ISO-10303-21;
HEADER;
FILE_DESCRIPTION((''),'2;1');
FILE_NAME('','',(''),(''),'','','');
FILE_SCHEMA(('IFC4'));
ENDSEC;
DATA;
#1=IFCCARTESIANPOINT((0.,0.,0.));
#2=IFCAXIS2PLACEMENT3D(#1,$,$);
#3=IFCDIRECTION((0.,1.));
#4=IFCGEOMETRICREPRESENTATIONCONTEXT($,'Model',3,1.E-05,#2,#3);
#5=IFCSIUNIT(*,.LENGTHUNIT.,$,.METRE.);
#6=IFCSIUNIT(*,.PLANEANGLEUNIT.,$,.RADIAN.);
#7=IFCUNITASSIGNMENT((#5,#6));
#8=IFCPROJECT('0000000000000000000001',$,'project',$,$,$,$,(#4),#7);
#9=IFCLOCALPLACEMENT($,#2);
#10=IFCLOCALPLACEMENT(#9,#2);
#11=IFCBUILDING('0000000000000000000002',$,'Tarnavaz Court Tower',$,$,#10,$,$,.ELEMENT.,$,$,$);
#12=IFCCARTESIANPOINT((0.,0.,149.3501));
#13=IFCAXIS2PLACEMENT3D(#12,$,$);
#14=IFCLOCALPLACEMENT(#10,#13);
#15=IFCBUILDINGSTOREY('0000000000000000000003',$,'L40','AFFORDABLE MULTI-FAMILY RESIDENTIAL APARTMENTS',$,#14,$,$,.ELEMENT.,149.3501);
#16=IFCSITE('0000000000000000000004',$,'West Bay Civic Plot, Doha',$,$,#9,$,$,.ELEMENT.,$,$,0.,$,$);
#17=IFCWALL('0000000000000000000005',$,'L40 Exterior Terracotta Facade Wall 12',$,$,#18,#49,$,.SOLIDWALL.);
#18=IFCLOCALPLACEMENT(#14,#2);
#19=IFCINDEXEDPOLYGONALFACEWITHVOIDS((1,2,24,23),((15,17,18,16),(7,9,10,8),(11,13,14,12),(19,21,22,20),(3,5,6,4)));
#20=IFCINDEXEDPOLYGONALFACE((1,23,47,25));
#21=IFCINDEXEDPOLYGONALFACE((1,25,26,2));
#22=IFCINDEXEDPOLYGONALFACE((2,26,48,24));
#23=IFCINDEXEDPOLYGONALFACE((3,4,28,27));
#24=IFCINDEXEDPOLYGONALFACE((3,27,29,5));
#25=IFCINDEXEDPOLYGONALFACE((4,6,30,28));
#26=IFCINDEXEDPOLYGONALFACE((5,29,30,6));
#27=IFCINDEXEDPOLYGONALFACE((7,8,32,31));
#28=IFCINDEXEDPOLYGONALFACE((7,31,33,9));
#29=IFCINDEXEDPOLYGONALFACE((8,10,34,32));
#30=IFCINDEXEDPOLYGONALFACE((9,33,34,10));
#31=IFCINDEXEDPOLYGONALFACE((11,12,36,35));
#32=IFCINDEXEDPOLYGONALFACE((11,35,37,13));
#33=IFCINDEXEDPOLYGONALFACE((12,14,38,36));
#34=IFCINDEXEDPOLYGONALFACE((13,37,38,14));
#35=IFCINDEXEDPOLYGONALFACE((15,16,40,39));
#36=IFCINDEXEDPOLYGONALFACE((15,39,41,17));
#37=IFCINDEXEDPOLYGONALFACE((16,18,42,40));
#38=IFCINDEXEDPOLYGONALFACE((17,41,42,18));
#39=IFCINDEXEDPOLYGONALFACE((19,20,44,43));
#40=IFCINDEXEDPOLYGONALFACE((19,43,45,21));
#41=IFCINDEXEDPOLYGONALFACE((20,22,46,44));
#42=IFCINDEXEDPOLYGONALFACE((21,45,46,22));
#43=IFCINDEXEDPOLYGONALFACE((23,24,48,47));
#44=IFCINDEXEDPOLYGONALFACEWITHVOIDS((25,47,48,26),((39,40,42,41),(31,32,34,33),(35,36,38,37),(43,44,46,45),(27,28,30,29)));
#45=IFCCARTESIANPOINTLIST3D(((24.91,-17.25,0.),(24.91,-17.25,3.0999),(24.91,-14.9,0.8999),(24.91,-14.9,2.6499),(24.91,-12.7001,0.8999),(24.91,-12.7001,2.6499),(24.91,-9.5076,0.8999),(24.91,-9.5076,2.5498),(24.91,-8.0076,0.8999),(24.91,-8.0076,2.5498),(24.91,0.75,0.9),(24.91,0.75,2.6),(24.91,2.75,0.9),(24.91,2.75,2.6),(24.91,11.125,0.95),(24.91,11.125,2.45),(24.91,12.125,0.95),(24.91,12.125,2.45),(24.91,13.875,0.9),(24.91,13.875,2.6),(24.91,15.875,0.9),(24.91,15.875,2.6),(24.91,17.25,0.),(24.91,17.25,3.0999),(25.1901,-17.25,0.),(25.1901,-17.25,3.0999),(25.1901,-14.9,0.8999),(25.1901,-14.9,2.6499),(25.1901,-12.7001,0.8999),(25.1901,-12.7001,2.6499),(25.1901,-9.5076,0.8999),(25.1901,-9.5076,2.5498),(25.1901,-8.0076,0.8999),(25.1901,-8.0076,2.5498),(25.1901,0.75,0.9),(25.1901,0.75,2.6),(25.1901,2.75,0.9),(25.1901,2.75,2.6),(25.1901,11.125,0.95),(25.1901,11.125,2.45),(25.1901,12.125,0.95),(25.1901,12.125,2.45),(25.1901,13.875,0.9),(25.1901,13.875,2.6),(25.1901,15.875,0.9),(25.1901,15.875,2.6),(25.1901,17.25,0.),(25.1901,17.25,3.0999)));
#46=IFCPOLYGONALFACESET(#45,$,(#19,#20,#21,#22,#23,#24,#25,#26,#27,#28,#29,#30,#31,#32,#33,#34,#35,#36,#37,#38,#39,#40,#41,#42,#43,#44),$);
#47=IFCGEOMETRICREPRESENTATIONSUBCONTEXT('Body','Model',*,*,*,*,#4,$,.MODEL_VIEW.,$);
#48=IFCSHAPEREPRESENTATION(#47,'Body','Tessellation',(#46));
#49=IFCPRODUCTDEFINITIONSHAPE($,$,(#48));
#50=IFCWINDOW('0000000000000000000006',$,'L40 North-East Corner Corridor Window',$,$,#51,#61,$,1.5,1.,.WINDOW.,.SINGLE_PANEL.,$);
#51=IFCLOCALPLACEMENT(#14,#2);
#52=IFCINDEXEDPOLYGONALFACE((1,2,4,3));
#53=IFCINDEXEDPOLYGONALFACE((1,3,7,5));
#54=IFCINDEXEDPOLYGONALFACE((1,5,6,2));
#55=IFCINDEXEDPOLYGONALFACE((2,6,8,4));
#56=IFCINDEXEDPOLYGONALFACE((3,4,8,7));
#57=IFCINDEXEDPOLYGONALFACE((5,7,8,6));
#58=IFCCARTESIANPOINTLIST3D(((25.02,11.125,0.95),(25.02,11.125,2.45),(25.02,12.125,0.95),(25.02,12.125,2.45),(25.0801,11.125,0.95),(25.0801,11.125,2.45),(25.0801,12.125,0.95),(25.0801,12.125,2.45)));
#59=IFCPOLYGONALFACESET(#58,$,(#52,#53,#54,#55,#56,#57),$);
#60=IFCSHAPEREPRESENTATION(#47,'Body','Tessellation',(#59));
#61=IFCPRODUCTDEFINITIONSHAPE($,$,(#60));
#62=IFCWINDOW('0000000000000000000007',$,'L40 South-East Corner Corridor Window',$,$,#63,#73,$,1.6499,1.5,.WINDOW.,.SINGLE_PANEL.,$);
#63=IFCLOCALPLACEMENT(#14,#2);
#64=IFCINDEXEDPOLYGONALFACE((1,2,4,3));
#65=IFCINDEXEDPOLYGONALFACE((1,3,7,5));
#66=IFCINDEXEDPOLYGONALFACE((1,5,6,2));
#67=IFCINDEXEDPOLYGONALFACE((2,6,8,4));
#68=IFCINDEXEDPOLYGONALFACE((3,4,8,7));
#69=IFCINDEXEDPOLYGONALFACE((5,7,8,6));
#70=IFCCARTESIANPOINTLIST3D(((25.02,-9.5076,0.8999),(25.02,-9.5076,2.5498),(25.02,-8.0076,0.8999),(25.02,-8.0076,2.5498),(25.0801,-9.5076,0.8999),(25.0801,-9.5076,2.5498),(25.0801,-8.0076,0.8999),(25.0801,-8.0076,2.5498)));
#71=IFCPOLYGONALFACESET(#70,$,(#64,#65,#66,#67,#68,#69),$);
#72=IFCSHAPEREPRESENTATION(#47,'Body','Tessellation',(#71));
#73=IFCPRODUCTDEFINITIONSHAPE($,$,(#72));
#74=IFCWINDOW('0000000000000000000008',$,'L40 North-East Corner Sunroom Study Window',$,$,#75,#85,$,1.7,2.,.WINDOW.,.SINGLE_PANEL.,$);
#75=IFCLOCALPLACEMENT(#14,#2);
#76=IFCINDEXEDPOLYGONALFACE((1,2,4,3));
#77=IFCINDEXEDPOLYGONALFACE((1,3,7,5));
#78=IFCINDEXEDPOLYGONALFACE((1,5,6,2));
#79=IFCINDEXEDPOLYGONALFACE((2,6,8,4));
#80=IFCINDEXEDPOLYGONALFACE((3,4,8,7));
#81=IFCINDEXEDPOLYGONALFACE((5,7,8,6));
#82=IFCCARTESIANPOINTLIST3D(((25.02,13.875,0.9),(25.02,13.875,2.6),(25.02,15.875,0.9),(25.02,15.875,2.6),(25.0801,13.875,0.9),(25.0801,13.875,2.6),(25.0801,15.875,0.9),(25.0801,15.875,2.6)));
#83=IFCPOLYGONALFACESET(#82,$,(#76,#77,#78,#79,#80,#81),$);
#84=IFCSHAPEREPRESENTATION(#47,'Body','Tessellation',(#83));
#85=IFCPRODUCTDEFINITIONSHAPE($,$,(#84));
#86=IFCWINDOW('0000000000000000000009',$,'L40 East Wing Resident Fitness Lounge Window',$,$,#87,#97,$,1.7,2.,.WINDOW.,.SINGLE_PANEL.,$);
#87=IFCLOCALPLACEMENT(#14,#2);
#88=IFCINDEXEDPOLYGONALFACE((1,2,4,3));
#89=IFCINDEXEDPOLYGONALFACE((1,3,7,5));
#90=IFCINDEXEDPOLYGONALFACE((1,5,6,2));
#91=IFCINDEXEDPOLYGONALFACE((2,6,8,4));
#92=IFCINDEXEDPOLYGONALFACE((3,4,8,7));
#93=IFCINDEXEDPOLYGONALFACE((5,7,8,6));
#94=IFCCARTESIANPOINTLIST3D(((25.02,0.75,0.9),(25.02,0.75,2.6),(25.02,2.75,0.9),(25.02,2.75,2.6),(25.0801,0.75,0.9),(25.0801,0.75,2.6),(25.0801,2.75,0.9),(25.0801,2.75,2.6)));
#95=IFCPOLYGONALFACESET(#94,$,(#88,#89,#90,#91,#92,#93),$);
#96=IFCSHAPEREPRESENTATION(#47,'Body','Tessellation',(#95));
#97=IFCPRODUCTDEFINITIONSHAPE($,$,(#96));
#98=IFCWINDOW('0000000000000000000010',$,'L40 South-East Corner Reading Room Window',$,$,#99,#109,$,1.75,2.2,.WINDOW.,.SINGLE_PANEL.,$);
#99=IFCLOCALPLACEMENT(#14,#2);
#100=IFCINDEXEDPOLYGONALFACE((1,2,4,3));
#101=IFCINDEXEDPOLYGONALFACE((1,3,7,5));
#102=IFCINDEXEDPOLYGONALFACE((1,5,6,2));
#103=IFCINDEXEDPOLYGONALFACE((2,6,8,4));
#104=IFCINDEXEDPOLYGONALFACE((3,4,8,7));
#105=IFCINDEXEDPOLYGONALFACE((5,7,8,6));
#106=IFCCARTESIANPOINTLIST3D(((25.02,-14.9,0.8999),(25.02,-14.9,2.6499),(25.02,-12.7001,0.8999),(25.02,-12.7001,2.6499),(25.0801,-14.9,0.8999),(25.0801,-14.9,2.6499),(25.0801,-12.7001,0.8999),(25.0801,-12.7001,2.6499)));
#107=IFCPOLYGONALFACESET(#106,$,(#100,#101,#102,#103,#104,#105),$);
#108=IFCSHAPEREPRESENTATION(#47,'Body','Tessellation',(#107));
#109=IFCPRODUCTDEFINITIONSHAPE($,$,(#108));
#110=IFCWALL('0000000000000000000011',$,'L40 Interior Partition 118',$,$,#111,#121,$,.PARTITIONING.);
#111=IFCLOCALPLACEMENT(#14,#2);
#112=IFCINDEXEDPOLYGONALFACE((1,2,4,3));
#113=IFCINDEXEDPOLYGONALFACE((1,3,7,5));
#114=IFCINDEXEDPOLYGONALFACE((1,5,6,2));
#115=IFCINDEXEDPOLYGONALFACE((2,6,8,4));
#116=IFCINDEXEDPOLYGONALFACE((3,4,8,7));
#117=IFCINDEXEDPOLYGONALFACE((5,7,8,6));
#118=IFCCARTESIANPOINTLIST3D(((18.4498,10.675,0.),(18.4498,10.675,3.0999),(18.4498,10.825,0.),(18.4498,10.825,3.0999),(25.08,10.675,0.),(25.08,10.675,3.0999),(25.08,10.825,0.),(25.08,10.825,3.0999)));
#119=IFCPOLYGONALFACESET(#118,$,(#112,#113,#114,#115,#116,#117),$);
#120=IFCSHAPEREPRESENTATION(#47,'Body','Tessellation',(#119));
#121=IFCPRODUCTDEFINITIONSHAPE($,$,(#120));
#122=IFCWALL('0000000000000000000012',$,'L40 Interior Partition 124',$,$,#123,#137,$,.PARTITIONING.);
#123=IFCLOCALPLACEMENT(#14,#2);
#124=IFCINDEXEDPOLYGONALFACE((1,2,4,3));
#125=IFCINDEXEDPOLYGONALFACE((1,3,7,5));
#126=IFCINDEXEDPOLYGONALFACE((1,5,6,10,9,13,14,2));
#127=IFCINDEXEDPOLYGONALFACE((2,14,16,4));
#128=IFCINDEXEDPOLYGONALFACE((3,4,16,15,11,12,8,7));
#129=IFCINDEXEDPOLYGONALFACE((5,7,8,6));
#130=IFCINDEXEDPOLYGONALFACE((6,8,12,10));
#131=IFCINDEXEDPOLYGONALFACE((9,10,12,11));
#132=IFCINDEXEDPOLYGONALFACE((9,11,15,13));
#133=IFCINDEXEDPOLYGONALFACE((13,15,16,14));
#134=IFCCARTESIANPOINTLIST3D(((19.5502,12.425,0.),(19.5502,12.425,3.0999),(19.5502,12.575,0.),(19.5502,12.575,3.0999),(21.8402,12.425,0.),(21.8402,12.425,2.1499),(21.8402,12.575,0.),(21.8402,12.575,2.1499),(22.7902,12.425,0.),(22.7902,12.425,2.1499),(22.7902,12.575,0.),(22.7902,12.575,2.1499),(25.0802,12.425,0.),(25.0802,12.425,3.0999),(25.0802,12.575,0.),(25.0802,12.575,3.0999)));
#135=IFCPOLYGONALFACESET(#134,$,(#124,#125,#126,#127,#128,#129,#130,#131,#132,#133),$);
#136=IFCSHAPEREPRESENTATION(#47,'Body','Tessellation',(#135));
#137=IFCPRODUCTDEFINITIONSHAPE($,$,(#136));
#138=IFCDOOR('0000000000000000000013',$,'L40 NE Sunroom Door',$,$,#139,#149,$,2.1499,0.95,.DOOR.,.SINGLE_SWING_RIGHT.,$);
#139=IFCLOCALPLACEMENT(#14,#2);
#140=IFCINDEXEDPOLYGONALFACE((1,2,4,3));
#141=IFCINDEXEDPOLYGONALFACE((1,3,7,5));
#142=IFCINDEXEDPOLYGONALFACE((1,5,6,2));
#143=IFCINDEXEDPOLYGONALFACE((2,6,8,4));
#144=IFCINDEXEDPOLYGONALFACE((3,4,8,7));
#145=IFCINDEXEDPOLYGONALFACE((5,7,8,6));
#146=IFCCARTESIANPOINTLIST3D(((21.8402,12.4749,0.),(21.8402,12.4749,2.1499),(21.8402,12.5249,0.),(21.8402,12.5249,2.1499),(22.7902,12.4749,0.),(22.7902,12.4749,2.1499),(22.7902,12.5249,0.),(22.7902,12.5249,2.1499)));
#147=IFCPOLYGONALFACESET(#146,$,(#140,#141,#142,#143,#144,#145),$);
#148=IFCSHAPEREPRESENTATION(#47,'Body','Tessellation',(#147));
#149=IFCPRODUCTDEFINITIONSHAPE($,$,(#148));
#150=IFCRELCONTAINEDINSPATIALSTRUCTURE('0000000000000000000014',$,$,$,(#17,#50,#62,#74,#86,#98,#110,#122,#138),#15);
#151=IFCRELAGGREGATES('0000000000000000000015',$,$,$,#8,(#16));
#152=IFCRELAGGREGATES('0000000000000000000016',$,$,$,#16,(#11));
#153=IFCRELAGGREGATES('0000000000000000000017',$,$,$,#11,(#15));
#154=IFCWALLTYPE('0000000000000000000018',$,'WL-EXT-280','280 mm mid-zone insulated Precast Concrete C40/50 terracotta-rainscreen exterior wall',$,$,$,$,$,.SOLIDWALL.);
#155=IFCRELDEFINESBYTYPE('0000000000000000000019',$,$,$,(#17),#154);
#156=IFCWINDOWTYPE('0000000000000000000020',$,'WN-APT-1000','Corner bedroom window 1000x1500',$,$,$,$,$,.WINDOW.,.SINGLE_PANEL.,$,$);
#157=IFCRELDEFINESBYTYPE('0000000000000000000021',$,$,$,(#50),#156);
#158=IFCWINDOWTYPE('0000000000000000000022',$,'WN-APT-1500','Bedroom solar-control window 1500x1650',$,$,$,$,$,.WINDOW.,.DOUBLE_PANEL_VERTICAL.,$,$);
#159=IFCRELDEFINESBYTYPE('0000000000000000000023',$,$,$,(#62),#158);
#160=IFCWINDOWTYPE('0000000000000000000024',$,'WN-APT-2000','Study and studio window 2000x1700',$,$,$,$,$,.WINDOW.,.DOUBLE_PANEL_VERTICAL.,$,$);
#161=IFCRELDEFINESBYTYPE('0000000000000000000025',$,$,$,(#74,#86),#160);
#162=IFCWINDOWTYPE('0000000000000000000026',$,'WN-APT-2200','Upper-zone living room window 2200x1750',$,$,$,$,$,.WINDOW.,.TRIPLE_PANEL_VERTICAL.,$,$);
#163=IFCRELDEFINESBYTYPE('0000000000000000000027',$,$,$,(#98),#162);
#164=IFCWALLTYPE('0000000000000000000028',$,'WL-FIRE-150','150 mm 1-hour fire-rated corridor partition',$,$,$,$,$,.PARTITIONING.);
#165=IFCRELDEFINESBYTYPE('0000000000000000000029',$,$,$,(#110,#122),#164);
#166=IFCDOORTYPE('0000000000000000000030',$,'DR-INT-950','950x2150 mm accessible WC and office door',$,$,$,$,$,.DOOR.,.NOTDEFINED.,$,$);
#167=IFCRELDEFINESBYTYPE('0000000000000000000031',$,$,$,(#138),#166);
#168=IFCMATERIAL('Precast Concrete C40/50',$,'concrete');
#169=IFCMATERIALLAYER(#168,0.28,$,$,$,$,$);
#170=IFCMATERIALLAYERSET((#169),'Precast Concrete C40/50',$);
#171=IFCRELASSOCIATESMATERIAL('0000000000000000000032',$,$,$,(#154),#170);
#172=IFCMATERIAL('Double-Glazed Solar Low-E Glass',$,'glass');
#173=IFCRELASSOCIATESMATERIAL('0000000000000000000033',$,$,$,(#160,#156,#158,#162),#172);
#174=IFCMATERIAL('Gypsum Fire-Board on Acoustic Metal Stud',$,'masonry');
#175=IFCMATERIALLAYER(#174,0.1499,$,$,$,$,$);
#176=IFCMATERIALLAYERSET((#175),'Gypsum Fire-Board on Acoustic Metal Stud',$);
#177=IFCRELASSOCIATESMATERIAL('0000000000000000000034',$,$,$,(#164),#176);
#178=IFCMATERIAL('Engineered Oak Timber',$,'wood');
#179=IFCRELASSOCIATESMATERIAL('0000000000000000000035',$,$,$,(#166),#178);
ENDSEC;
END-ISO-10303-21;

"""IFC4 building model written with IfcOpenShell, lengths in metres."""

from ifc_helpers import new_model, si_unit, direction, frame, frame_2d, origin, place, context, subcontext, project, spatial, rectangle, extrude, material, layer, layer_set, type_object, element, fill, save


model = new_model("IFC4")

# Units and contexts
model_context = context("Model", 3, precision=1e-05, world=origin(), true_north=direction((0.0, 1.0)))
body_context = subcontext(model_context, "Body", "Model", "MODEL_VIEW")
ifc_project = project(units=[si_unit("LENGTHUNIT", "METRE"), si_unit("PLANEANGLEUNIT", "RADIAN")], contexts=[model_context])

# Site, building, storey
site_placement = place(None, origin())
site = spatial("IfcSite", under=ifc_project, at=site_placement, Name="West Bay Civic Plot, Doha", CompositionType="ELEMENT", RefElevation=0.0)
building_placement = place(site_placement, origin())
building = spatial("IfcBuilding", under=site, at=building_placement, Name="Tarnavaz Court Tower", CompositionType="ELEMENT")
storey_placement = place(building_placement, frame((0.0, 0.0, 149.3501)))
storey = spatial("IfcBuildingStorey", under=building, at=storey_placement, Name="L40", Description="AFFORDABLE MULTI-FAMILY RESIDENTIAL APARTMENTS", CompositionType="ELEMENT", Elevation=149.3501)

# Shared definitions
ifc_material_1 = material(Name="Precast Concrete C40/50", Category="concrete")
ifc_layer_1 = layer(ifc_material_1, 0.28)
ifc_layer_set_1 = layer_set([ifc_layer_1], Name="Precast Concrete C40/50")
wall_type_1 = type_object("IfcWallType", Name="WL-EXT-280", Description="280 mm mid-zone insulated Precast Concrete C40/50 terracotta-rainscreen exterior wall", PredefinedType="SOLIDWALL", material=ifc_layer_set_1)
ifc_material_2 = material(Name="Double-Glazed Solar Low-E Glass", Category="glass")
window_type_1 = type_object("IfcWindowType", Name="WN-APT-2000", Description="Study and studio window 2000x1700", PartitioningType="DOUBLE_PANEL_VERTICAL", PredefinedType="WINDOW", material=ifc_material_2)

# Wall, openings, windows
wall_1_placement = place(storey_placement, frame((25.05, 17.25, 0.0), z_axis=(0.0, 0.0, 1.0), x_axis=(0.0, -1.0, 0.0)))
wall_1 = element("IfcWall", 1, at=wall_1_placement, inside=storey, type_object=wall_type_1, Name="L40 Exterior Terracotta Facade Wall 12", PredefinedType="SOLIDWALL", context=body_context, shape_type="SweptSolid", body=[
    extrude(rectangle(XDim=34.5, YDim=0.28, at=frame_2d((17.25, 0.0))), origin(), (0.0, 0.0, 1.0), 3.0999),
])
opening_1_placement = place(wall_1_placement, frame((1.375, 0.0, 0.8999)))
opening_1 = element("IfcOpeningElement", 2, at=opening_1_placement, cuts=wall_1, PredefinedType="OPENING", context=body_context, shape_type="SweptSolid", body=[
    extrude(rectangle(XDim=2.0, YDim=1.7, at=frame_2d((1.0, 0.8501))), frame((0.0, 0.1499, 0.0), z_axis=(0.0, -1.0, 0.0), x_axis=(1.0, 0.0, 0.0)), (0.0, 0.0, 1.0), 0.3),
])
opening_2_placement = place(wall_1_placement, frame((5.125, 0.0, 0.95)))
opening_2 = element("IfcOpeningElement", 3, at=opening_2_placement, cuts=wall_1, PredefinedType="OPENING", context=body_context, shape_type="SweptSolid", body=[
    extrude(rectangle(XDim=1.0, YDim=1.5, at=frame_2d((0.5, 0.75))), frame((0.0, 0.1499, 0.0), z_axis=(0.0, -1.0, 0.0), x_axis=(1.0, 0.0, 0.0)), (0.0, 0.0, 1.0), 0.3),
])
opening_3_placement = place(wall_1_placement, frame((14.5, 0.0, 0.8999)))
opening_3 = element("IfcOpeningElement", 4, at=opening_3_placement, cuts=wall_1, PredefinedType="OPENING", context=body_context, shape_type="SweptSolid", body=[
    extrude(rectangle(XDim=2.0, YDim=1.7, at=frame_2d((1.0, 0.8501))), frame((0.0, 0.1499, 0.0), z_axis=(0.0, -1.0, 0.0), x_axis=(1.0, 0.0, 0.0)), (0.0, 0.0, 1.0), 0.3),
])
opening_4_placement = place(wall_1_placement, frame((25.2576, 0.0, 0.8999)))
opening_4 = element("IfcOpeningElement", 5, at=opening_4_placement, cuts=wall_1, PredefinedType="OPENING", context=body_context, shape_type="SweptSolid", body=[
    extrude(rectangle(XDim=1.5, YDim=1.6499, at=frame_2d((0.75, 0.825))), frame((0.0, 0.1499, 0.0), z_axis=(0.0, -1.0, 0.0), x_axis=(1.0, 0.0, 0.0)), (0.0, 0.0, 1.0), 0.3),
])
opening_5_placement = place(wall_1_placement, frame((29.95, 0.0, 0.8999)))
opening_5 = element("IfcOpeningElement", 6, at=opening_5_placement, cuts=wall_1, PredefinedType="OPENING", context=body_context, shape_type="SweptSolid", body=[
    extrude(rectangle(XDim=2.2, YDim=1.75, at=frame_2d((1.1001, 0.875))), frame((0.0, 0.1499, 0.0), z_axis=(0.0, -1.0, 0.0), x_axis=(1.0, 0.0, 0.0)), (0.0, 0.0, 1.0), 0.3),
])
window_type_2 = type_object("IfcWindowType", Name="WN-APT-1000", Description="Corner bedroom window 1000x1500", PartitioningType="SINGLE_PANEL", PredefinedType="WINDOW", material=ifc_material_2)
window_1_placement = place(opening_2_placement, origin())
window_1 = element("IfcWindow", 7, at=window_1_placement, inside=storey, type_object=window_type_2, Name="L40 North-East Corner Corridor Window", OverallHeight=1.5, OverallWidth=1.0, PartitioningType="SINGLE_PANEL", PredefinedType="WINDOW", context=body_context, shape_type="SweptSolid", body=[
    extrude(rectangle(XDim=1.0, YDim=1.5, at=frame_2d((0.5, 0.75))), frame((0.0, 0.03, 0.0), z_axis=(0.0, -1.0, 0.0), x_axis=(1.0, 0.0, 0.0)), (0.0, 0.0, 1.0), 0.0601),
])
fill(opening_2, window_1)
window_type_3 = type_object("IfcWindowType", Name="WN-APT-1500", Description="Bedroom solar-control window 1500x1650", PartitioningType="DOUBLE_PANEL_VERTICAL", PredefinedType="WINDOW", material=ifc_material_2)
window_2_placement = place(opening_4_placement, origin())
window_2 = element("IfcWindow", 8, at=window_2_placement, inside=storey, type_object=window_type_3, Name="L40 South-East Corner Corridor Window", OverallHeight=1.6499, OverallWidth=1.5, PartitioningType="SINGLE_PANEL", PredefinedType="WINDOW", context=body_context, shape_type="SweptSolid", body=[
    extrude(rectangle(XDim=1.5, YDim=1.6499, at=frame_2d((0.75, 0.825))), frame((0.0, 0.03, 0.0), z_axis=(0.0, -1.0, 0.0), x_axis=(1.0, 0.0, 0.0)), (0.0, 0.0, 1.0), 0.0601),
])
fill(opening_4, window_2)
window_3_placement = place(opening_1_placement, origin())
window_3 = element("IfcWindow", 9, at=window_3_placement, inside=storey, type_object=window_type_1, Name="L40 North-East Corner Sunroom Study Window", OverallHeight=1.7, OverallWidth=2.0, PartitioningType="SINGLE_PANEL", PredefinedType="WINDOW", context=body_context, shape_type="SweptSolid", body=[
    extrude(rectangle(XDim=2.0, YDim=1.7, at=frame_2d((1.0, 0.8501))), frame((0.0, 0.03, 0.0), z_axis=(0.0, -1.0, 0.0), x_axis=(1.0, 0.0, 0.0)), (0.0, 0.0, 1.0), 0.0601),
])
fill(opening_1, window_3)
window_4_placement = place(opening_3_placement, origin())
window_4 = element("IfcWindow", 10, at=window_4_placement, inside=storey, type_object=window_type_1, Name="L40 East Wing Resident Fitness Lounge Window", OverallHeight=1.7, OverallWidth=2.0, PartitioningType="SINGLE_PANEL", PredefinedType="WINDOW", context=body_context, shape_type="SweptSolid", body=[
    extrude(rectangle(XDim=2.0, YDim=1.7, at=frame_2d((1.0, 0.8501))), frame((0.0, 0.03, 0.0), z_axis=(0.0, -1.0, 0.0), x_axis=(1.0, 0.0, 0.0)), (0.0, 0.0, 1.0), 0.0601),
])
fill(opening_3, window_4)
window_type_4 = type_object("IfcWindowType", Name="WN-APT-2200", Description="Upper-zone living room window 2200x1750", PartitioningType="TRIPLE_PANEL_VERTICAL", PredefinedType="WINDOW", material=ifc_material_2)
window_5_placement = place(opening_5_placement, origin())
window_5 = element("IfcWindow", 11, at=window_5_placement, inside=storey, type_object=window_type_4, Name="L40 South-East Corner Reading Room Window", OverallHeight=1.75, OverallWidth=2.2, PartitioningType="SINGLE_PANEL", PredefinedType="WINDOW", context=body_context, shape_type="SweptSolid", body=[
    extrude(rectangle(XDim=2.2, YDim=1.75, at=frame_2d((1.1001, 0.875))), frame((0.0, 0.03, 0.0), z_axis=(0.0, -1.0, 0.0), x_axis=(1.0, 0.0, 0.0)), (0.0, 0.0, 1.0), 0.0601),
])
fill(opening_5, window_5)

# Wall
ifc_material_3 = material(Name="Gypsum Fire-Board on Acoustic Metal Stud", Category="masonry")
ifc_layer_2 = layer(ifc_material_3, 0.1499)
ifc_layer_set_2 = layer_set([ifc_layer_2], Name="Gypsum Fire-Board on Acoustic Metal Stud")
wall_type_2 = type_object("IfcWallType", Name="WL-FIRE-150", Description="150 mm 1-hour fire-rated corridor partition", PredefinedType="PARTITIONING", material=ifc_layer_set_2)
wall_2_placement = place(storey_placement, frame((18.45, 10.75, 0.0), z_axis=(0.0, 0.0, 1.0), x_axis=(1.0, 0.0, 0.0)))
element("IfcWall", 12, at=wall_2_placement, inside=storey, type_object=wall_type_2, Name="L40 Interior Partition 118", PredefinedType="PARTITIONING", context=body_context, shape_type="SweptSolid", body=[
    extrude(rectangle(XDim=6.6301, YDim=0.1499, at=frame_2d((3.3149, 0.0))), origin(), (0.0, 0.0, 1.0), 3.0999),
])

# Wall, opening, door
wall_3_placement = place(storey_placement, frame((19.55, 12.5, 0.0), z_axis=(0.0, 0.0, 1.0), x_axis=(1.0, 0.0, 0.0)))
wall_3 = element("IfcWall", 13, at=wall_3_placement, inside=storey, type_object=wall_type_2, Name="L40 Interior Partition 124", PredefinedType="PARTITIONING", context=body_context, shape_type="SweptSolid", body=[
    extrude(rectangle(XDim=5.53, YDim=0.1499, at=frame_2d((2.7651, 0.0))), origin(), (0.0, 0.0, 1.0), 3.0999),
])
opening_6_placement = place(wall_3_placement, frame((2.29, 0.0, 0.0)))
opening_6 = element("IfcOpeningElement", 14, at=opening_6_placement, cuts=wall_3, PredefinedType="OPENING", context=body_context, shape_type="SweptSolid", body=[
    extrude(rectangle(XDim=0.95, YDim=2.1499, at=frame_2d((0.4751, 1.075))), frame((0.0, 0.085, 0.0), z_axis=(0.0, -1.0, 0.0), x_axis=(1.0, 0.0, 0.0)), (0.0, 0.0, 1.0), 0.1699),
])
ifc_material_4 = material(Name="Engineered Oak Timber", Category="wood")
door_type_1 = type_object("IfcDoorType", Name="DR-INT-950", Description="950x2150 mm accessible WC and office door", OperationType="NOTDEFINED", PredefinedType="DOOR", material=ifc_material_4)
door_1_placement = place(opening_6_placement, origin())
door_1 = element("IfcDoor", 15, at=door_1_placement, inside=storey, type_object=door_type_1, Name="L40 NE Sunroom Door", OperationType="SINGLE_SWING_RIGHT", OverallHeight=2.1499, OverallWidth=0.95, PredefinedType="DOOR", context=body_context, shape_type="SweptSolid", body=[
    extrude(rectangle(XDim=0.95, YDim=2.1499, at=frame_2d((0.4751, 1.075))), frame((0.0, 0.0249, 0.0), z_axis=(0.0, -1.0, 0.0), x_axis=(1.0, 0.0, 0.0)), (0.0, 0.0, 1.0), 0.05),
])
fill(opening_6, door_1)

save(model, "model.ifc")
